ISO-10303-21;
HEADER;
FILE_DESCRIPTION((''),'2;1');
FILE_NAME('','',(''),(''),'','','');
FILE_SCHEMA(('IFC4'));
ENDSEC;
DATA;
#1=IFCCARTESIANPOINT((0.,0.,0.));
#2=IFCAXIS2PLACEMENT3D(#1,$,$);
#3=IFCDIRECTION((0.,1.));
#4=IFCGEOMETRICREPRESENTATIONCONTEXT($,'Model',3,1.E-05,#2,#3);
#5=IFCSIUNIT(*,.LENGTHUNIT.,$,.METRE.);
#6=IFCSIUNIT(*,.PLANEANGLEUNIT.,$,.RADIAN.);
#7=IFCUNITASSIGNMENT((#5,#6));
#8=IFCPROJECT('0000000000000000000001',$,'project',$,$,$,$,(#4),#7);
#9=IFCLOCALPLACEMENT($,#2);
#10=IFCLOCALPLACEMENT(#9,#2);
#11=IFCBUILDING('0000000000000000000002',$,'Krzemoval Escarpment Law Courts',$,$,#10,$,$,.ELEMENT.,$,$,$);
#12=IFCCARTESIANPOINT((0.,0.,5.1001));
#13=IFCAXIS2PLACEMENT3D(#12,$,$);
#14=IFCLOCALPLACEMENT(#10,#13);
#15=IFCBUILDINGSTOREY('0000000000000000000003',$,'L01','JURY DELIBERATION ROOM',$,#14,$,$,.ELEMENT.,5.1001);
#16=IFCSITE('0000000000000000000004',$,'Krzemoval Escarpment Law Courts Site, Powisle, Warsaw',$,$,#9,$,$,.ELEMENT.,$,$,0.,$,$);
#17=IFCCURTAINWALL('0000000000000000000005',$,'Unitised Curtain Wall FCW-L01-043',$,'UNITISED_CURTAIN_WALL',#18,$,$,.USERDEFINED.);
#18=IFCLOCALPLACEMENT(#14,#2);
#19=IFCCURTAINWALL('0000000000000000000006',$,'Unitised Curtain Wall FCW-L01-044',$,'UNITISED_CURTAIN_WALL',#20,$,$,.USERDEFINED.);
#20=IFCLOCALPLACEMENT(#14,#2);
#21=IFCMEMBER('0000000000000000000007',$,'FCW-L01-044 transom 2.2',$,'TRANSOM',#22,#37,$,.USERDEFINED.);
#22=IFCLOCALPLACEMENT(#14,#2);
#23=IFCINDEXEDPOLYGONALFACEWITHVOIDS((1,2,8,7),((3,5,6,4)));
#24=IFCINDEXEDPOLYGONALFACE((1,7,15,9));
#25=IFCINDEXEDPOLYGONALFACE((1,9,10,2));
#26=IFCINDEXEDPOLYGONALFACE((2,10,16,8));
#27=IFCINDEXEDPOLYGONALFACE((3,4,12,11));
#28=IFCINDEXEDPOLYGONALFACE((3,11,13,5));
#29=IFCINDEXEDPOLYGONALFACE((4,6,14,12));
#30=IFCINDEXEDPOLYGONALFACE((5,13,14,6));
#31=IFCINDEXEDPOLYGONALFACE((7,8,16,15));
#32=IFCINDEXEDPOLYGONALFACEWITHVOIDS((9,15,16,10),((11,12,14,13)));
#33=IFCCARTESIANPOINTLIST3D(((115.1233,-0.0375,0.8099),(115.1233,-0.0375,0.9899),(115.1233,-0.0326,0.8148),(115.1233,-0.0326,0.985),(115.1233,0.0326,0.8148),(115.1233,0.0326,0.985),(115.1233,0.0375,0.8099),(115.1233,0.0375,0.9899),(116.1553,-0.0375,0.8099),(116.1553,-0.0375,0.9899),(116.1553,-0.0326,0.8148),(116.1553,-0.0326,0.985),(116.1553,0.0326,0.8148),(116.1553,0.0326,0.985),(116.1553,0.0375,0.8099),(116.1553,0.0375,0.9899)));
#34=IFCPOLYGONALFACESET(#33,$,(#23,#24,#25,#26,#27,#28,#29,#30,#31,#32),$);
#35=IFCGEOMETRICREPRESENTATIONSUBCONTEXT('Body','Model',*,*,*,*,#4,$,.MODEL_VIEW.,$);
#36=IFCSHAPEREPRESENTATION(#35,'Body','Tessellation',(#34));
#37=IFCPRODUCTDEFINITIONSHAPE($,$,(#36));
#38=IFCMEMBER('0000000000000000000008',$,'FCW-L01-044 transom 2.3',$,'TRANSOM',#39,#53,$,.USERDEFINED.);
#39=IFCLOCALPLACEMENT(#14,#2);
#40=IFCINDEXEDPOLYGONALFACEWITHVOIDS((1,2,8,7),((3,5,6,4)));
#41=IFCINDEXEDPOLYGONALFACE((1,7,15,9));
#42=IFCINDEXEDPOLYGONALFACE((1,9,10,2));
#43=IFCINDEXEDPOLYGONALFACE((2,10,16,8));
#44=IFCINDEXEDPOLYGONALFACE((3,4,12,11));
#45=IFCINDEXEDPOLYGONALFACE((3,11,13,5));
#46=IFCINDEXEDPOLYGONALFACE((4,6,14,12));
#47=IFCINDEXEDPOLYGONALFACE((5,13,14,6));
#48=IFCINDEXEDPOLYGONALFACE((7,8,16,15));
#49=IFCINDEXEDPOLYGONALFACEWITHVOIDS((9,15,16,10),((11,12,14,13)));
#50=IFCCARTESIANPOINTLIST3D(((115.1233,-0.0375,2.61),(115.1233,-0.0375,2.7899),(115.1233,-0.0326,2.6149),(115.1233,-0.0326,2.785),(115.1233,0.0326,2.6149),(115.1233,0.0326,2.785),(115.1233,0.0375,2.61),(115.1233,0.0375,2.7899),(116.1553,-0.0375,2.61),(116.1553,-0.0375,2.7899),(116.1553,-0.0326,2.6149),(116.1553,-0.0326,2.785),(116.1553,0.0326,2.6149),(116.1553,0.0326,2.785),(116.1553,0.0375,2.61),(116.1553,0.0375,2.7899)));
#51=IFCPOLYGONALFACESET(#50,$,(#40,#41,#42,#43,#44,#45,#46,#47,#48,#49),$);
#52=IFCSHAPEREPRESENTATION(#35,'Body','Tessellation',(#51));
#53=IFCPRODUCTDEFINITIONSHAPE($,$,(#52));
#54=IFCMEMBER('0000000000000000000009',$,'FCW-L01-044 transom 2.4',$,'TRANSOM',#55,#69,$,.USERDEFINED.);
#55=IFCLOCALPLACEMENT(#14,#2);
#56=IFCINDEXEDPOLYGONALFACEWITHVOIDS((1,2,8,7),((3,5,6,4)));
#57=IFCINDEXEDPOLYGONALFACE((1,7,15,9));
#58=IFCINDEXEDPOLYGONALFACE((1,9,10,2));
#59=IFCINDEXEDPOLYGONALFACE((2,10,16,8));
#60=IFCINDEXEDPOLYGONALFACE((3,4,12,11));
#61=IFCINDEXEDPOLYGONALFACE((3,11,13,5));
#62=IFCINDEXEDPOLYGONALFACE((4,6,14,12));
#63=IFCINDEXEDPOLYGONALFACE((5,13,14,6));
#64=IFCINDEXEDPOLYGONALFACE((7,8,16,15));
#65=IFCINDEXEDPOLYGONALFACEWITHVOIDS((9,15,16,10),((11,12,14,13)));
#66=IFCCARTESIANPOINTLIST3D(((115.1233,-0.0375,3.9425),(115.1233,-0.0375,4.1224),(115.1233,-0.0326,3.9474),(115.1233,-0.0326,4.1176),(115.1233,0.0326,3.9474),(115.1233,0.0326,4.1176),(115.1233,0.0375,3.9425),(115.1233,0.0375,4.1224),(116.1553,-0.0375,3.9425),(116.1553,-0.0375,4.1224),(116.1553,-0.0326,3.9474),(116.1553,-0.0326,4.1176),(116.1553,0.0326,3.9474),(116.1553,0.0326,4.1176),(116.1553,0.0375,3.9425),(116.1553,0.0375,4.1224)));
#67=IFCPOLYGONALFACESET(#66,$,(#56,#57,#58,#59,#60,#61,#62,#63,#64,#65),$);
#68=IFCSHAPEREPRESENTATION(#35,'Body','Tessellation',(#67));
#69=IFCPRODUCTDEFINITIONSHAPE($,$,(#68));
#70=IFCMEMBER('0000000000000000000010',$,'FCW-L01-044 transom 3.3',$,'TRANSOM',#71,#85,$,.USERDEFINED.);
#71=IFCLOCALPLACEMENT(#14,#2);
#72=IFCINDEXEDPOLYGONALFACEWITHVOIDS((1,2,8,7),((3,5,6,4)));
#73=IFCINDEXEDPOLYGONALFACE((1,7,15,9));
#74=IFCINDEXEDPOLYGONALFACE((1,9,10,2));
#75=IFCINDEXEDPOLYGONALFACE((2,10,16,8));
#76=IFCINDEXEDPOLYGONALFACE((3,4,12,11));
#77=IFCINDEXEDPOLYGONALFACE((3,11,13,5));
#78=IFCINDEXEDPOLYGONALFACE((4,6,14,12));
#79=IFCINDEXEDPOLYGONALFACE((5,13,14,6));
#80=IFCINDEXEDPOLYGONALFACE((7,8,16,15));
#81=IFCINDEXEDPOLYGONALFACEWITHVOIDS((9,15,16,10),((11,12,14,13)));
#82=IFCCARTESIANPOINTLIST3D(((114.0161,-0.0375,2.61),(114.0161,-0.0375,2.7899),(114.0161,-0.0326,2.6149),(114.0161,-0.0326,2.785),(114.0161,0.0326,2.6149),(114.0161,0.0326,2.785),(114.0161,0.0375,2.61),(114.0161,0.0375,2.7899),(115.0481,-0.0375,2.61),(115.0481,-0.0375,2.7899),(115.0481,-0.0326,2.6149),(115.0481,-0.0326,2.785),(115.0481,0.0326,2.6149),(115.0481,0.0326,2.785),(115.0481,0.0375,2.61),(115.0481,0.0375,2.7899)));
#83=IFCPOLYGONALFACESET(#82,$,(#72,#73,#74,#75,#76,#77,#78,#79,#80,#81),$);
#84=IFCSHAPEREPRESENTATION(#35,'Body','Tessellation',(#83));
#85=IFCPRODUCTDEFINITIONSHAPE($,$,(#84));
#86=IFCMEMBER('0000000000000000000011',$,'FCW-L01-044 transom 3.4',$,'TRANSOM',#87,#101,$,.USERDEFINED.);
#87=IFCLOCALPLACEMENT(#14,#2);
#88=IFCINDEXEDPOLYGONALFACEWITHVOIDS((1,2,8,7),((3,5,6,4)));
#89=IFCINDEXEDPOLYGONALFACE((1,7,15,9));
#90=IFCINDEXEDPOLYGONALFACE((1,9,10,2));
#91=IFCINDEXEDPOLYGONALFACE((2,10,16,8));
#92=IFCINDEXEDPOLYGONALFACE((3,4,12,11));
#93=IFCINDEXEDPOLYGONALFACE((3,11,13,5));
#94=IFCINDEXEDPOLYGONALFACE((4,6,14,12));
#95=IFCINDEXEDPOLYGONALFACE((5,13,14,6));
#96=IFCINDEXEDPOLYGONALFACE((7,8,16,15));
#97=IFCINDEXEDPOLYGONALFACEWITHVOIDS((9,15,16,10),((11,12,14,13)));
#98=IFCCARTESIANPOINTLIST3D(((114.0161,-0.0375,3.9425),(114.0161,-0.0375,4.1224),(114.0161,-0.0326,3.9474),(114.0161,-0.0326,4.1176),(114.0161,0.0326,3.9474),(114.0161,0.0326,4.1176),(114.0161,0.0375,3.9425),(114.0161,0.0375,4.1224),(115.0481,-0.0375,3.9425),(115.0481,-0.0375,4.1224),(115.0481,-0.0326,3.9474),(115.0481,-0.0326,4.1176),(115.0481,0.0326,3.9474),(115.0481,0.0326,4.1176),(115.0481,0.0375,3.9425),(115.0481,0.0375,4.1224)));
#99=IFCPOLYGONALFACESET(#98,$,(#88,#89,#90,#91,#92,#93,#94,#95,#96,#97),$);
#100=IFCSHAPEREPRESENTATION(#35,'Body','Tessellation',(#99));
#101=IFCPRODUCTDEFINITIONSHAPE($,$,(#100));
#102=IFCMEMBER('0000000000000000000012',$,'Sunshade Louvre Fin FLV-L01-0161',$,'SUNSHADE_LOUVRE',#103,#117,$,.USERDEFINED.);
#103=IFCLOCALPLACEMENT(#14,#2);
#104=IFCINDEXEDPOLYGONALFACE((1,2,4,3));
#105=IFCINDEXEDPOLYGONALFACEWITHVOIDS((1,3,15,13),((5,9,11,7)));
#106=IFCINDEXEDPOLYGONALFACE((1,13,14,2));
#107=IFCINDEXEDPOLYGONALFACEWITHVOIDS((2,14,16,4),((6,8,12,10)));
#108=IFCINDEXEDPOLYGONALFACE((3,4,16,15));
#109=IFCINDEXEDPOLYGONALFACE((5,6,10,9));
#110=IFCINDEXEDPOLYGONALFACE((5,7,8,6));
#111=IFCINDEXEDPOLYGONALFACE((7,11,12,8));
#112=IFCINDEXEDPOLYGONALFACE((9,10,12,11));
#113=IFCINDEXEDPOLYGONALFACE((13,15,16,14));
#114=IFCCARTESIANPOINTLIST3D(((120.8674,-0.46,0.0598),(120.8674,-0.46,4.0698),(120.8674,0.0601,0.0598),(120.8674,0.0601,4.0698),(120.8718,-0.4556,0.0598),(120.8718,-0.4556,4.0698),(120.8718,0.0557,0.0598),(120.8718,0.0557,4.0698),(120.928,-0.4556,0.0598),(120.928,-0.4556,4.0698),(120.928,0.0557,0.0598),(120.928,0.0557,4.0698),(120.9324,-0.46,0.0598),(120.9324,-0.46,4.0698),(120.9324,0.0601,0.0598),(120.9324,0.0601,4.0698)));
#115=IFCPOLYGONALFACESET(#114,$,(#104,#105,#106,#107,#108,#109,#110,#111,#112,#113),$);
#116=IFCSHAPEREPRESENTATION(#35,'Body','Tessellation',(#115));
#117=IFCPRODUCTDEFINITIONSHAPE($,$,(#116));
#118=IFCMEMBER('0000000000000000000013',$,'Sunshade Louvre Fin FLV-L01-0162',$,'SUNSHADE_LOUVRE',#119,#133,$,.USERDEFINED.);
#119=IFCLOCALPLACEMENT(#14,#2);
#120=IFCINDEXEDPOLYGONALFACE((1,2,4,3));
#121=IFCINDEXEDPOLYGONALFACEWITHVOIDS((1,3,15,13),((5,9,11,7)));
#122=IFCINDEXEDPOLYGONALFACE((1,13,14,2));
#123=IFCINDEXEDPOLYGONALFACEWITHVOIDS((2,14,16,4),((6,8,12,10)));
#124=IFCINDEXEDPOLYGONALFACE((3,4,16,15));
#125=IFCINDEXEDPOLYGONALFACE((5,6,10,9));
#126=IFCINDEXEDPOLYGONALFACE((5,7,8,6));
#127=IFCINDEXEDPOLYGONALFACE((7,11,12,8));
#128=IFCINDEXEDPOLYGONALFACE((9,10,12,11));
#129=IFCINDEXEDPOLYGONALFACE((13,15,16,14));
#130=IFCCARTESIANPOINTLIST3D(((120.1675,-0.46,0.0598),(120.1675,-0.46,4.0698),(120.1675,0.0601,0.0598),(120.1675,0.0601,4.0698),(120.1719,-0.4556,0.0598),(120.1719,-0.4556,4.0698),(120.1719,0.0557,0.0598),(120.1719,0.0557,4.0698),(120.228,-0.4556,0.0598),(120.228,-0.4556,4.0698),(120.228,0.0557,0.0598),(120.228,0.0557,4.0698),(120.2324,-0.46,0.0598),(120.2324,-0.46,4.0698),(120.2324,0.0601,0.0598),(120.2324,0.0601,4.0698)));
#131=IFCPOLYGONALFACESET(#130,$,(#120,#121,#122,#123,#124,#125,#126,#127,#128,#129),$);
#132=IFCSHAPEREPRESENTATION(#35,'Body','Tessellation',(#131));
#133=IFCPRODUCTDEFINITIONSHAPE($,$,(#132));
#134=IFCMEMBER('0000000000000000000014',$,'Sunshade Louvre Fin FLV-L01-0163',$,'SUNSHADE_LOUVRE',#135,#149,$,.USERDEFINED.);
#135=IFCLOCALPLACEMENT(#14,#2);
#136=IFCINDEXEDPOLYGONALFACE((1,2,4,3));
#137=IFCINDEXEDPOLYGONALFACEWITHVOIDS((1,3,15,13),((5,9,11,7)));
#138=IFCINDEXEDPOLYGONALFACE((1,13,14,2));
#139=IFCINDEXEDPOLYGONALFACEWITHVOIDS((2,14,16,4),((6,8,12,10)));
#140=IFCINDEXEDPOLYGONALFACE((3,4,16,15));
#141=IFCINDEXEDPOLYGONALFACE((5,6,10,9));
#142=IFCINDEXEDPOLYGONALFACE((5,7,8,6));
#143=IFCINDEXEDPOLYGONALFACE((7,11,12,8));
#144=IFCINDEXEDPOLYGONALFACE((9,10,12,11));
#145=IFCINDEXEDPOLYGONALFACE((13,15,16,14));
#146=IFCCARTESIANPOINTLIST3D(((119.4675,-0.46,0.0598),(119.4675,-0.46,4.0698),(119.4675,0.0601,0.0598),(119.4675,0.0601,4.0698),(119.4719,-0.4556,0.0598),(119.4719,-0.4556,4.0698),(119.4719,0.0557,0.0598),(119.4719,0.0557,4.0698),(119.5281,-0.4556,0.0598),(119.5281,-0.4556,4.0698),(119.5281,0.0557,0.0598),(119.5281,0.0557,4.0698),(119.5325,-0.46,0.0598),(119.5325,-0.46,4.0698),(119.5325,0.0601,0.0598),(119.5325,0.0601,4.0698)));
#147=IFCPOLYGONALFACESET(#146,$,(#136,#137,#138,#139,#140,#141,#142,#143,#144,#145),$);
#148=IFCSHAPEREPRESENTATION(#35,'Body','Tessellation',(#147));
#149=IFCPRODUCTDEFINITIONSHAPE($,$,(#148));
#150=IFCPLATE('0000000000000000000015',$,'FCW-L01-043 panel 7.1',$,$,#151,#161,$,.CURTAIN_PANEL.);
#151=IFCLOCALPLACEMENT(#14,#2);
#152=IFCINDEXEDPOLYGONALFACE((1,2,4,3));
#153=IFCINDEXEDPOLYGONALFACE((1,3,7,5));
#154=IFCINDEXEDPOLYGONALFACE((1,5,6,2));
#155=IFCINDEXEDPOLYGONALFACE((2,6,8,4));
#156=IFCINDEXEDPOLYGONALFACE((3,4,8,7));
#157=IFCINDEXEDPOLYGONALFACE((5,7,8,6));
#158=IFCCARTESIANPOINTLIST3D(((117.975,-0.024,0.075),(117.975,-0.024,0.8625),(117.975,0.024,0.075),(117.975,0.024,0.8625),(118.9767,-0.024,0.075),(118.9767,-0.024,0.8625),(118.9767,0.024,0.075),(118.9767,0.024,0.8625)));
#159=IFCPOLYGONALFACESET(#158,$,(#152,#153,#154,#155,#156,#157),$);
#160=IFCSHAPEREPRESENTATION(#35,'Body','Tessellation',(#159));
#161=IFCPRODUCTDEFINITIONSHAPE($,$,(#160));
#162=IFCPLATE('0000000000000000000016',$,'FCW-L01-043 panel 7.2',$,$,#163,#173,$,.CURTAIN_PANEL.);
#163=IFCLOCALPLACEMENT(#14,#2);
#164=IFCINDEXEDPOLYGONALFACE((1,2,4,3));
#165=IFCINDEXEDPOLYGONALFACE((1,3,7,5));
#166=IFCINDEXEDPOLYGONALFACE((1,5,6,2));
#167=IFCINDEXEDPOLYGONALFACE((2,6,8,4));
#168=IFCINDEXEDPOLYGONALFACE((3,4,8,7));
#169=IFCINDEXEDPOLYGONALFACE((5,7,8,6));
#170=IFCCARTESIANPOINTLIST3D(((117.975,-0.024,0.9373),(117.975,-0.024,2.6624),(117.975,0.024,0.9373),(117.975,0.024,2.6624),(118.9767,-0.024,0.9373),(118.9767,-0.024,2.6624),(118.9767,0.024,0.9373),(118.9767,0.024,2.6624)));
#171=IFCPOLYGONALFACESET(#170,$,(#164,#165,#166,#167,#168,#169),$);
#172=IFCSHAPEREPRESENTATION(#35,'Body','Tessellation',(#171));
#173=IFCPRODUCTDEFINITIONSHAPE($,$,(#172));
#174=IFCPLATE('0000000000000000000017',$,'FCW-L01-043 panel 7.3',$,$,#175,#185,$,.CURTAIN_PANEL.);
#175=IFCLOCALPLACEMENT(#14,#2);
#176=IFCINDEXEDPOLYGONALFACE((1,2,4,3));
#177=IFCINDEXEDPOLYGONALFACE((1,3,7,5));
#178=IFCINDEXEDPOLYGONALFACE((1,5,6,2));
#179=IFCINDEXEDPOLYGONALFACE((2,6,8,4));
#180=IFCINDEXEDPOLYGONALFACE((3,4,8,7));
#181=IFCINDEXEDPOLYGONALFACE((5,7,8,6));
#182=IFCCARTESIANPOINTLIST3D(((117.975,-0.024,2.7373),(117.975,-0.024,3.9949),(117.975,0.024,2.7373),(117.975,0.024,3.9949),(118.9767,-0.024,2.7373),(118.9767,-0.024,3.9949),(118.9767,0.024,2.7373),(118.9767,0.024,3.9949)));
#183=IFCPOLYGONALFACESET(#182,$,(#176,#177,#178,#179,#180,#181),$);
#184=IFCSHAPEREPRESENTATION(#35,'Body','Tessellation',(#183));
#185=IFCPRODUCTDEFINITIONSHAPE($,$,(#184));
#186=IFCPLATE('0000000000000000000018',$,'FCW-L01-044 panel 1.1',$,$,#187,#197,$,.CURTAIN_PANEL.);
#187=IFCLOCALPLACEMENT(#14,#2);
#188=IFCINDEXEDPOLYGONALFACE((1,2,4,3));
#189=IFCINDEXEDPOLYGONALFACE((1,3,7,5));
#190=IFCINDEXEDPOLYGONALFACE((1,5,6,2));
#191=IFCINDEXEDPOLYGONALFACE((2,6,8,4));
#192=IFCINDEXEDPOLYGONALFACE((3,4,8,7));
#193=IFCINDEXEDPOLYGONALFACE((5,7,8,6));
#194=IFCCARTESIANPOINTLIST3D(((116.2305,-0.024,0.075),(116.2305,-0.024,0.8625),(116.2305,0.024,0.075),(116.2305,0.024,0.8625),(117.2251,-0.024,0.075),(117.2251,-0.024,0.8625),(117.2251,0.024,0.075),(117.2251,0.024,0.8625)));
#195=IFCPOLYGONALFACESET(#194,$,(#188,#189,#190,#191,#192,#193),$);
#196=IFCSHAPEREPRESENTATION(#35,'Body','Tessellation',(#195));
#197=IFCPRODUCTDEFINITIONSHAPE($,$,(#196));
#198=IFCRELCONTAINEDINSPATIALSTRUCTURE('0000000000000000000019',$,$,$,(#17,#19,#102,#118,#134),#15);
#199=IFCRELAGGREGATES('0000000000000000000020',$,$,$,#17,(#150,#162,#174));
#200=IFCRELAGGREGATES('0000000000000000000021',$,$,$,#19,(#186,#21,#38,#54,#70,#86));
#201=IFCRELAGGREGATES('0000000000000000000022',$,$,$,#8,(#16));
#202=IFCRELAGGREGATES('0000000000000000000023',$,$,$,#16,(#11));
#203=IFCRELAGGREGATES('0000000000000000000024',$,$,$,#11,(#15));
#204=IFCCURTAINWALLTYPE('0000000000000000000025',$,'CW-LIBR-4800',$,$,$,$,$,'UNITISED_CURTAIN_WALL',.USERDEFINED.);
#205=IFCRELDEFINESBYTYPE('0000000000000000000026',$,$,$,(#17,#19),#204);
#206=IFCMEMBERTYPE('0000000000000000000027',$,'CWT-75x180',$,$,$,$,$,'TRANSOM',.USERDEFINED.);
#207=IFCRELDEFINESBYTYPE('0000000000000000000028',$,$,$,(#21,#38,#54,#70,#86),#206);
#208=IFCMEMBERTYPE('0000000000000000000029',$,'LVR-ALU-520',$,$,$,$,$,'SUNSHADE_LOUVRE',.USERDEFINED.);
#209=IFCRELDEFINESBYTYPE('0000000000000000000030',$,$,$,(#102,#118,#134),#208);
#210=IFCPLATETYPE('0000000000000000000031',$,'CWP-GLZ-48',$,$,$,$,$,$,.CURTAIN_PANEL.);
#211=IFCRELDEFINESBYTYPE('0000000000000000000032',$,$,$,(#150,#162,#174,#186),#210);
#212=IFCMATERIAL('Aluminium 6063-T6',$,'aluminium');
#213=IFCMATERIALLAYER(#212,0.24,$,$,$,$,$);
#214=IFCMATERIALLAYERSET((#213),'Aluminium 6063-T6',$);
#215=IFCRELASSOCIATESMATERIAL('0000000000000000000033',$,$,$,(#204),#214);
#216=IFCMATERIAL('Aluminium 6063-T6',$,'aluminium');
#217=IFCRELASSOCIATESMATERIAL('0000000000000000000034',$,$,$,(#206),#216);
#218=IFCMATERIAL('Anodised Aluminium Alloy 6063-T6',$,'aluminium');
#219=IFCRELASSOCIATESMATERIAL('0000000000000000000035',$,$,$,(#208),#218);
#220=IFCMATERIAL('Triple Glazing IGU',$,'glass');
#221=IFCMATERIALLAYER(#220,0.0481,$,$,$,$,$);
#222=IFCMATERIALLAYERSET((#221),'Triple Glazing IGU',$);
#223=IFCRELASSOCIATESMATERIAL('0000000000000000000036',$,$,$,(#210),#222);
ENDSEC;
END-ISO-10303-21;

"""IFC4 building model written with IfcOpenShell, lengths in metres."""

from ifc_helpers import new_model, si_unit, direction, frame, origin, origin_2d, place, context, subcontext, project, spatial, rectangle, hollow_rectangle, extrude, material, layer, layer_set, material_profile, profile_set, type_object, element, aggregate, save


model = new_model("IFC4")

# Units and contexts
model_context = context("Model", 3, precision=1e-05, world=origin(), true_north=direction((0.0, 1.0)))
body_context = subcontext(model_context, "Body", "Model", "MODEL_VIEW")
ifc_project = project(units=[si_unit("LENGTHUNIT", "METRE"), si_unit("PLANEANGLEUNIT", "RADIAN")], contexts=[model_context])

# Site, building, storey
site_placement = place(None, origin())
site = spatial("IfcSite", under=ifc_project, at=site_placement, Name="Krzemoval Escarpment Law Courts Site, Powisle, Warsaw", CompositionType="ELEMENT", RefElevation=0.0)
building_placement = place(site_placement, origin())
building = spatial("IfcBuilding", under=site, at=building_placement, Name="Krzemoval Escarpment Law Courts", CompositionType="ELEMENT")
storey_placement = place(building_placement, frame((0.0, 0.0, 5.1001)))
storey = spatial("IfcBuildingStorey", under=building, at=storey_placement, Name="L01", Description="JURY DELIBERATION ROOM", CompositionType="ELEMENT", Elevation=5.1001)

# Curtain wall
ifc_material_1 = material(Name="Aluminium 6063-T6", Category="aluminium")
ifc_layer_1 = layer(ifc_material_1, 0.24)
ifc_layer_set_1 = layer_set([ifc_layer_1], Name="Aluminium 6063-T6")
curtain_wall_type = type_object("IfcCurtainWallType", Name="CW-LIBR-4800", ElementType="UNITISED_CURTAIN_WALL", PredefinedType="USERDEFINED", material=ifc_layer_set_1)
curtain_wall_1_placement = place(storey_placement, origin())
curtain_wall_1 = element("IfcCurtainWall", 1, at=curtain_wall_1_placement, inside=storey, type_object=curtain_wall_type, Name="Unitised Curtain Wall FCW-L01-043", ObjectType="UNITISED_CURTAIN_WALL", PredefinedType="USERDEFINED")

# Curtain wall, members
curtain_wall_2_placement = place(storey_placement, origin())
curtain_wall_2 = element("IfcCurtainWall", 2, at=curtain_wall_2_placement, inside=storey, type_object=curtain_wall_type, Name="Unitised Curtain Wall FCW-L01-044", ObjectType="UNITISED_CURTAIN_WALL", PredefinedType="USERDEFINED")
ifc_material_2 = material(Name="Aluminium 6063-T6", Category="aluminium")
ifc_material_profile_1 = material_profile(ifc_material_2, hollow_rectangle(XDim=0.075, YDim=0.1799, WallThickness=0.0049, at=origin_2d()), Name="ALU T75x180")
ifc_profile_set_1 = profile_set([ifc_material_profile_1], Name="Aluminium 6063-T6")
member_type_1 = type_object("IfcMemberType", Name="CWT-75x180", ElementType="TRANSOM", PredefinedType="USERDEFINED", material=ifc_profile_set_1)
member_1_placement = place(storey_placement, frame((116.1553, 0.0, 0.8999), z_axis=(-1.0, 0.0, 0.0), x_axis=(0.0, -1.0, 0.0)))
member_1 = element("IfcMember", 3, at=member_1_placement, type_object=member_type_1, Name="FCW-L01-044 transom 2.2", ObjectType="TRANSOM", PredefinedType="USERDEFINED", context=body_context, shape_type="SweptSolid", body=[
    extrude(hollow_rectangle(XDim=0.075, YDim=0.1799, WallThickness=0.0049, at=origin_2d()), origin(), (0.0, 0.0, 1.0), 1.032),
])
member_2_placement = place(storey_placement, frame((116.1553, 0.0, 2.7), z_axis=(-1.0, 0.0, 0.0), x_axis=(0.0, -1.0, 0.0)))
member_2 = element("IfcMember", 4, at=member_2_placement, type_object=member_type_1, Name="FCW-L01-044 transom 2.3", ObjectType="TRANSOM", PredefinedType="USERDEFINED", context=body_context, shape_type="SweptSolid", body=[
    extrude(hollow_rectangle(XDim=0.075, YDim=0.1799, WallThickness=0.0049, at=origin_2d()), origin(), (0.0, 0.0, 1.0), 1.032),
])
member_3_placement = place(storey_placement, frame((116.1553, 0.0, 4.0325), z_axis=(-1.0, 0.0, 0.0), x_axis=(0.0, -1.0, 0.0)))
member_3 = element("IfcMember", 5, at=member_3_placement, type_object=member_type_1, Name="FCW-L01-044 transom 2.4", ObjectType="TRANSOM", PredefinedType="USERDEFINED", context=body_context, shape_type="SweptSolid", body=[
    extrude(hollow_rectangle(XDim=0.075, YDim=0.1799, WallThickness=0.0049, at=origin_2d()), origin(), (0.0, 0.0, 1.0), 1.032),
])
member_4_placement = place(storey_placement, frame((115.0481, 0.0, 2.7), z_axis=(-1.0, 0.0, 0.0), x_axis=(0.0, -1.0, 0.0)))
member_4 = element("IfcMember", 6, at=member_4_placement, type_object=member_type_1, Name="FCW-L01-044 transom 3.3", ObjectType="TRANSOM", PredefinedType="USERDEFINED", context=body_context, shape_type="SweptSolid", body=[
    extrude(hollow_rectangle(XDim=0.075, YDim=0.1799, WallThickness=0.0049, at=origin_2d()), origin(), (0.0, 0.0, 1.0), 1.032),
])
member_5_placement = place(storey_placement, frame((115.0481, 0.0, 4.0325), z_axis=(-1.0, 0.0, 0.0), x_axis=(0.0, -1.0, 0.0)))
member_5 = element("IfcMember", 7, at=member_5_placement, type_object=member_type_1, Name="FCW-L01-044 transom 3.4", ObjectType="TRANSOM", PredefinedType="USERDEFINED", context=body_context, shape_type="SweptSolid", body=[
    extrude(hollow_rectangle(XDim=0.075, YDim=0.1799, WallThickness=0.0049, at=origin_2d()), origin(), (0.0, 0.0, 1.0), 1.032),
])

# Members
ifc_material_3 = material(Name="Anodised Aluminium Alloy 6063-T6", Category="aluminium")
ifc_material_profile_2 = material_profile(ifc_material_3, hollow_rectangle(XDim=0.0649, YDim=0.52, WallThickness=0.0044, at=origin_2d()), Name="ALU LVR 65x520")
ifc_profile_set_2 = profile_set([ifc_material_profile_2], Name="Anodised Aluminium Alloy 6063-T6")
member_type_2 = type_object("IfcMemberType", Name="LVR-ALU-520", ElementType="SUNSHADE_LOUVRE", PredefinedType="USERDEFINED", material=ifc_profile_set_2)
for number, where, z_axis, x_axis, name in (
    (8, (120.8999, -0.2, 0.0598), (0.0, 0.0, 1.0), (1.0, 0.0, 0.0), "Sunshade Louvre Fin FLV-L01-0161"),
    (9, (120.2, -0.2, 0.0598), (0.0, 0.0, 1.0), (1.0, 0.0, 0.0), "Sunshade Louvre Fin FLV-L01-0162"),
    (10, (119.5, -0.2, 0.0598), (0.0, 0.0, 1.0), (1.0, 0.0, 0.0), "Sunshade Louvre Fin FLV-L01-0163"),
):
    element("IfcMember", number, at=place(storey_placement, frame(where, z_axis=z_axis, x_axis=x_axis)), inside=storey, type_object=member_type_2, Name=name, ObjectType="SUNSHADE_LOUVRE", PredefinedType="USERDEFINED", context=body_context, shape_type="SweptSolid", body=[
        extrude(hollow_rectangle(XDim=0.0649, YDim=0.52, WallThickness=0.0044, at=origin_2d()), origin(), (0.0, 0.0, 1.0), 4.01),
    ])

# Plates
ifc_material_4 = material(Name="Triple Glazing IGU", Category="glass")
ifc_layer_2 = layer(ifc_material_4, 0.0481)
ifc_layer_set_2 = layer_set([ifc_layer_2], Name="Triple Glazing IGU")
plate_type = type_object("IfcPlateType", Name="CWP-GLZ-48", PredefinedType="CURTAIN_PANEL", material=ifc_layer_set_2)
plate_1_placement = place(storey_placement, frame((118.4758, 0.0, 0.075), z_axis=(0.0, 0.0, 1.0), x_axis=(-1.0, 0.0, 0.0)))
plate_1 = element("IfcPlate", 11, at=plate_1_placement, type_object=plate_type, Name="FCW-L01-043 panel 7.1", PredefinedType="CURTAIN_PANEL", context=body_context, shape_type="SweptSolid", body=[
    extrude(rectangle(XDim=1.0017, YDim=0.0481, at=origin_2d()), origin(), (0.0, 0.0, 1.0), 0.7876),
])
plate_2_placement = place(storey_placement, frame((118.4758, 0.0, 0.9373), z_axis=(0.0, 0.0, 1.0), x_axis=(-1.0, 0.0, 0.0)))
plate_2 = element("IfcPlate", 12, at=plate_2_placement, type_object=plate_type, Name="FCW-L01-043 panel 7.2", PredefinedType="CURTAIN_PANEL", context=body_context, shape_type="SweptSolid", body=[
    extrude(rectangle(XDim=1.0017, YDim=0.0481, at=origin_2d()), origin(), (0.0, 0.0, 1.0), 1.7251),
])
plate_3_placement = place(storey_placement, frame((118.4758, 0.0, 2.7373), z_axis=(0.0, 0.0, 1.0), x_axis=(-1.0, 0.0, 0.0)))
plate_3 = element("IfcPlate", 13, at=plate_3_placement, type_object=plate_type, Name="FCW-L01-043 panel 7.3", PredefinedType="CURTAIN_PANEL", context=body_context, shape_type="SweptSolid", body=[
    extrude(rectangle(XDim=1.0017, YDim=0.0481, at=origin_2d()), origin(), (0.0, 0.0, 1.0), 1.2576),
])
aggregate(curtain_wall_1, [plate_1, plate_2, plate_3])
plate_4_placement = place(storey_placement, frame((116.7278, 0.0, 0.075), z_axis=(0.0, 0.0, 1.0), x_axis=(-1.0, 0.0, 0.0)))
plate_4 = element("IfcPlate", 14, at=plate_4_placement, type_object=plate_type, Name="FCW-L01-044 panel 1.1", PredefinedType="CURTAIN_PANEL", context=body_context, shape_type="SweptSolid", body=[
    extrude(rectangle(XDim=0.9946, YDim=0.0481, at=origin_2d()), origin(), (0.0, 0.0, 1.0), 0.7876),
])
aggregate(curtain_wall_2, [plate_4, member_1, member_2, member_3, member_4, member_5])

save(model, "model.ifc")
